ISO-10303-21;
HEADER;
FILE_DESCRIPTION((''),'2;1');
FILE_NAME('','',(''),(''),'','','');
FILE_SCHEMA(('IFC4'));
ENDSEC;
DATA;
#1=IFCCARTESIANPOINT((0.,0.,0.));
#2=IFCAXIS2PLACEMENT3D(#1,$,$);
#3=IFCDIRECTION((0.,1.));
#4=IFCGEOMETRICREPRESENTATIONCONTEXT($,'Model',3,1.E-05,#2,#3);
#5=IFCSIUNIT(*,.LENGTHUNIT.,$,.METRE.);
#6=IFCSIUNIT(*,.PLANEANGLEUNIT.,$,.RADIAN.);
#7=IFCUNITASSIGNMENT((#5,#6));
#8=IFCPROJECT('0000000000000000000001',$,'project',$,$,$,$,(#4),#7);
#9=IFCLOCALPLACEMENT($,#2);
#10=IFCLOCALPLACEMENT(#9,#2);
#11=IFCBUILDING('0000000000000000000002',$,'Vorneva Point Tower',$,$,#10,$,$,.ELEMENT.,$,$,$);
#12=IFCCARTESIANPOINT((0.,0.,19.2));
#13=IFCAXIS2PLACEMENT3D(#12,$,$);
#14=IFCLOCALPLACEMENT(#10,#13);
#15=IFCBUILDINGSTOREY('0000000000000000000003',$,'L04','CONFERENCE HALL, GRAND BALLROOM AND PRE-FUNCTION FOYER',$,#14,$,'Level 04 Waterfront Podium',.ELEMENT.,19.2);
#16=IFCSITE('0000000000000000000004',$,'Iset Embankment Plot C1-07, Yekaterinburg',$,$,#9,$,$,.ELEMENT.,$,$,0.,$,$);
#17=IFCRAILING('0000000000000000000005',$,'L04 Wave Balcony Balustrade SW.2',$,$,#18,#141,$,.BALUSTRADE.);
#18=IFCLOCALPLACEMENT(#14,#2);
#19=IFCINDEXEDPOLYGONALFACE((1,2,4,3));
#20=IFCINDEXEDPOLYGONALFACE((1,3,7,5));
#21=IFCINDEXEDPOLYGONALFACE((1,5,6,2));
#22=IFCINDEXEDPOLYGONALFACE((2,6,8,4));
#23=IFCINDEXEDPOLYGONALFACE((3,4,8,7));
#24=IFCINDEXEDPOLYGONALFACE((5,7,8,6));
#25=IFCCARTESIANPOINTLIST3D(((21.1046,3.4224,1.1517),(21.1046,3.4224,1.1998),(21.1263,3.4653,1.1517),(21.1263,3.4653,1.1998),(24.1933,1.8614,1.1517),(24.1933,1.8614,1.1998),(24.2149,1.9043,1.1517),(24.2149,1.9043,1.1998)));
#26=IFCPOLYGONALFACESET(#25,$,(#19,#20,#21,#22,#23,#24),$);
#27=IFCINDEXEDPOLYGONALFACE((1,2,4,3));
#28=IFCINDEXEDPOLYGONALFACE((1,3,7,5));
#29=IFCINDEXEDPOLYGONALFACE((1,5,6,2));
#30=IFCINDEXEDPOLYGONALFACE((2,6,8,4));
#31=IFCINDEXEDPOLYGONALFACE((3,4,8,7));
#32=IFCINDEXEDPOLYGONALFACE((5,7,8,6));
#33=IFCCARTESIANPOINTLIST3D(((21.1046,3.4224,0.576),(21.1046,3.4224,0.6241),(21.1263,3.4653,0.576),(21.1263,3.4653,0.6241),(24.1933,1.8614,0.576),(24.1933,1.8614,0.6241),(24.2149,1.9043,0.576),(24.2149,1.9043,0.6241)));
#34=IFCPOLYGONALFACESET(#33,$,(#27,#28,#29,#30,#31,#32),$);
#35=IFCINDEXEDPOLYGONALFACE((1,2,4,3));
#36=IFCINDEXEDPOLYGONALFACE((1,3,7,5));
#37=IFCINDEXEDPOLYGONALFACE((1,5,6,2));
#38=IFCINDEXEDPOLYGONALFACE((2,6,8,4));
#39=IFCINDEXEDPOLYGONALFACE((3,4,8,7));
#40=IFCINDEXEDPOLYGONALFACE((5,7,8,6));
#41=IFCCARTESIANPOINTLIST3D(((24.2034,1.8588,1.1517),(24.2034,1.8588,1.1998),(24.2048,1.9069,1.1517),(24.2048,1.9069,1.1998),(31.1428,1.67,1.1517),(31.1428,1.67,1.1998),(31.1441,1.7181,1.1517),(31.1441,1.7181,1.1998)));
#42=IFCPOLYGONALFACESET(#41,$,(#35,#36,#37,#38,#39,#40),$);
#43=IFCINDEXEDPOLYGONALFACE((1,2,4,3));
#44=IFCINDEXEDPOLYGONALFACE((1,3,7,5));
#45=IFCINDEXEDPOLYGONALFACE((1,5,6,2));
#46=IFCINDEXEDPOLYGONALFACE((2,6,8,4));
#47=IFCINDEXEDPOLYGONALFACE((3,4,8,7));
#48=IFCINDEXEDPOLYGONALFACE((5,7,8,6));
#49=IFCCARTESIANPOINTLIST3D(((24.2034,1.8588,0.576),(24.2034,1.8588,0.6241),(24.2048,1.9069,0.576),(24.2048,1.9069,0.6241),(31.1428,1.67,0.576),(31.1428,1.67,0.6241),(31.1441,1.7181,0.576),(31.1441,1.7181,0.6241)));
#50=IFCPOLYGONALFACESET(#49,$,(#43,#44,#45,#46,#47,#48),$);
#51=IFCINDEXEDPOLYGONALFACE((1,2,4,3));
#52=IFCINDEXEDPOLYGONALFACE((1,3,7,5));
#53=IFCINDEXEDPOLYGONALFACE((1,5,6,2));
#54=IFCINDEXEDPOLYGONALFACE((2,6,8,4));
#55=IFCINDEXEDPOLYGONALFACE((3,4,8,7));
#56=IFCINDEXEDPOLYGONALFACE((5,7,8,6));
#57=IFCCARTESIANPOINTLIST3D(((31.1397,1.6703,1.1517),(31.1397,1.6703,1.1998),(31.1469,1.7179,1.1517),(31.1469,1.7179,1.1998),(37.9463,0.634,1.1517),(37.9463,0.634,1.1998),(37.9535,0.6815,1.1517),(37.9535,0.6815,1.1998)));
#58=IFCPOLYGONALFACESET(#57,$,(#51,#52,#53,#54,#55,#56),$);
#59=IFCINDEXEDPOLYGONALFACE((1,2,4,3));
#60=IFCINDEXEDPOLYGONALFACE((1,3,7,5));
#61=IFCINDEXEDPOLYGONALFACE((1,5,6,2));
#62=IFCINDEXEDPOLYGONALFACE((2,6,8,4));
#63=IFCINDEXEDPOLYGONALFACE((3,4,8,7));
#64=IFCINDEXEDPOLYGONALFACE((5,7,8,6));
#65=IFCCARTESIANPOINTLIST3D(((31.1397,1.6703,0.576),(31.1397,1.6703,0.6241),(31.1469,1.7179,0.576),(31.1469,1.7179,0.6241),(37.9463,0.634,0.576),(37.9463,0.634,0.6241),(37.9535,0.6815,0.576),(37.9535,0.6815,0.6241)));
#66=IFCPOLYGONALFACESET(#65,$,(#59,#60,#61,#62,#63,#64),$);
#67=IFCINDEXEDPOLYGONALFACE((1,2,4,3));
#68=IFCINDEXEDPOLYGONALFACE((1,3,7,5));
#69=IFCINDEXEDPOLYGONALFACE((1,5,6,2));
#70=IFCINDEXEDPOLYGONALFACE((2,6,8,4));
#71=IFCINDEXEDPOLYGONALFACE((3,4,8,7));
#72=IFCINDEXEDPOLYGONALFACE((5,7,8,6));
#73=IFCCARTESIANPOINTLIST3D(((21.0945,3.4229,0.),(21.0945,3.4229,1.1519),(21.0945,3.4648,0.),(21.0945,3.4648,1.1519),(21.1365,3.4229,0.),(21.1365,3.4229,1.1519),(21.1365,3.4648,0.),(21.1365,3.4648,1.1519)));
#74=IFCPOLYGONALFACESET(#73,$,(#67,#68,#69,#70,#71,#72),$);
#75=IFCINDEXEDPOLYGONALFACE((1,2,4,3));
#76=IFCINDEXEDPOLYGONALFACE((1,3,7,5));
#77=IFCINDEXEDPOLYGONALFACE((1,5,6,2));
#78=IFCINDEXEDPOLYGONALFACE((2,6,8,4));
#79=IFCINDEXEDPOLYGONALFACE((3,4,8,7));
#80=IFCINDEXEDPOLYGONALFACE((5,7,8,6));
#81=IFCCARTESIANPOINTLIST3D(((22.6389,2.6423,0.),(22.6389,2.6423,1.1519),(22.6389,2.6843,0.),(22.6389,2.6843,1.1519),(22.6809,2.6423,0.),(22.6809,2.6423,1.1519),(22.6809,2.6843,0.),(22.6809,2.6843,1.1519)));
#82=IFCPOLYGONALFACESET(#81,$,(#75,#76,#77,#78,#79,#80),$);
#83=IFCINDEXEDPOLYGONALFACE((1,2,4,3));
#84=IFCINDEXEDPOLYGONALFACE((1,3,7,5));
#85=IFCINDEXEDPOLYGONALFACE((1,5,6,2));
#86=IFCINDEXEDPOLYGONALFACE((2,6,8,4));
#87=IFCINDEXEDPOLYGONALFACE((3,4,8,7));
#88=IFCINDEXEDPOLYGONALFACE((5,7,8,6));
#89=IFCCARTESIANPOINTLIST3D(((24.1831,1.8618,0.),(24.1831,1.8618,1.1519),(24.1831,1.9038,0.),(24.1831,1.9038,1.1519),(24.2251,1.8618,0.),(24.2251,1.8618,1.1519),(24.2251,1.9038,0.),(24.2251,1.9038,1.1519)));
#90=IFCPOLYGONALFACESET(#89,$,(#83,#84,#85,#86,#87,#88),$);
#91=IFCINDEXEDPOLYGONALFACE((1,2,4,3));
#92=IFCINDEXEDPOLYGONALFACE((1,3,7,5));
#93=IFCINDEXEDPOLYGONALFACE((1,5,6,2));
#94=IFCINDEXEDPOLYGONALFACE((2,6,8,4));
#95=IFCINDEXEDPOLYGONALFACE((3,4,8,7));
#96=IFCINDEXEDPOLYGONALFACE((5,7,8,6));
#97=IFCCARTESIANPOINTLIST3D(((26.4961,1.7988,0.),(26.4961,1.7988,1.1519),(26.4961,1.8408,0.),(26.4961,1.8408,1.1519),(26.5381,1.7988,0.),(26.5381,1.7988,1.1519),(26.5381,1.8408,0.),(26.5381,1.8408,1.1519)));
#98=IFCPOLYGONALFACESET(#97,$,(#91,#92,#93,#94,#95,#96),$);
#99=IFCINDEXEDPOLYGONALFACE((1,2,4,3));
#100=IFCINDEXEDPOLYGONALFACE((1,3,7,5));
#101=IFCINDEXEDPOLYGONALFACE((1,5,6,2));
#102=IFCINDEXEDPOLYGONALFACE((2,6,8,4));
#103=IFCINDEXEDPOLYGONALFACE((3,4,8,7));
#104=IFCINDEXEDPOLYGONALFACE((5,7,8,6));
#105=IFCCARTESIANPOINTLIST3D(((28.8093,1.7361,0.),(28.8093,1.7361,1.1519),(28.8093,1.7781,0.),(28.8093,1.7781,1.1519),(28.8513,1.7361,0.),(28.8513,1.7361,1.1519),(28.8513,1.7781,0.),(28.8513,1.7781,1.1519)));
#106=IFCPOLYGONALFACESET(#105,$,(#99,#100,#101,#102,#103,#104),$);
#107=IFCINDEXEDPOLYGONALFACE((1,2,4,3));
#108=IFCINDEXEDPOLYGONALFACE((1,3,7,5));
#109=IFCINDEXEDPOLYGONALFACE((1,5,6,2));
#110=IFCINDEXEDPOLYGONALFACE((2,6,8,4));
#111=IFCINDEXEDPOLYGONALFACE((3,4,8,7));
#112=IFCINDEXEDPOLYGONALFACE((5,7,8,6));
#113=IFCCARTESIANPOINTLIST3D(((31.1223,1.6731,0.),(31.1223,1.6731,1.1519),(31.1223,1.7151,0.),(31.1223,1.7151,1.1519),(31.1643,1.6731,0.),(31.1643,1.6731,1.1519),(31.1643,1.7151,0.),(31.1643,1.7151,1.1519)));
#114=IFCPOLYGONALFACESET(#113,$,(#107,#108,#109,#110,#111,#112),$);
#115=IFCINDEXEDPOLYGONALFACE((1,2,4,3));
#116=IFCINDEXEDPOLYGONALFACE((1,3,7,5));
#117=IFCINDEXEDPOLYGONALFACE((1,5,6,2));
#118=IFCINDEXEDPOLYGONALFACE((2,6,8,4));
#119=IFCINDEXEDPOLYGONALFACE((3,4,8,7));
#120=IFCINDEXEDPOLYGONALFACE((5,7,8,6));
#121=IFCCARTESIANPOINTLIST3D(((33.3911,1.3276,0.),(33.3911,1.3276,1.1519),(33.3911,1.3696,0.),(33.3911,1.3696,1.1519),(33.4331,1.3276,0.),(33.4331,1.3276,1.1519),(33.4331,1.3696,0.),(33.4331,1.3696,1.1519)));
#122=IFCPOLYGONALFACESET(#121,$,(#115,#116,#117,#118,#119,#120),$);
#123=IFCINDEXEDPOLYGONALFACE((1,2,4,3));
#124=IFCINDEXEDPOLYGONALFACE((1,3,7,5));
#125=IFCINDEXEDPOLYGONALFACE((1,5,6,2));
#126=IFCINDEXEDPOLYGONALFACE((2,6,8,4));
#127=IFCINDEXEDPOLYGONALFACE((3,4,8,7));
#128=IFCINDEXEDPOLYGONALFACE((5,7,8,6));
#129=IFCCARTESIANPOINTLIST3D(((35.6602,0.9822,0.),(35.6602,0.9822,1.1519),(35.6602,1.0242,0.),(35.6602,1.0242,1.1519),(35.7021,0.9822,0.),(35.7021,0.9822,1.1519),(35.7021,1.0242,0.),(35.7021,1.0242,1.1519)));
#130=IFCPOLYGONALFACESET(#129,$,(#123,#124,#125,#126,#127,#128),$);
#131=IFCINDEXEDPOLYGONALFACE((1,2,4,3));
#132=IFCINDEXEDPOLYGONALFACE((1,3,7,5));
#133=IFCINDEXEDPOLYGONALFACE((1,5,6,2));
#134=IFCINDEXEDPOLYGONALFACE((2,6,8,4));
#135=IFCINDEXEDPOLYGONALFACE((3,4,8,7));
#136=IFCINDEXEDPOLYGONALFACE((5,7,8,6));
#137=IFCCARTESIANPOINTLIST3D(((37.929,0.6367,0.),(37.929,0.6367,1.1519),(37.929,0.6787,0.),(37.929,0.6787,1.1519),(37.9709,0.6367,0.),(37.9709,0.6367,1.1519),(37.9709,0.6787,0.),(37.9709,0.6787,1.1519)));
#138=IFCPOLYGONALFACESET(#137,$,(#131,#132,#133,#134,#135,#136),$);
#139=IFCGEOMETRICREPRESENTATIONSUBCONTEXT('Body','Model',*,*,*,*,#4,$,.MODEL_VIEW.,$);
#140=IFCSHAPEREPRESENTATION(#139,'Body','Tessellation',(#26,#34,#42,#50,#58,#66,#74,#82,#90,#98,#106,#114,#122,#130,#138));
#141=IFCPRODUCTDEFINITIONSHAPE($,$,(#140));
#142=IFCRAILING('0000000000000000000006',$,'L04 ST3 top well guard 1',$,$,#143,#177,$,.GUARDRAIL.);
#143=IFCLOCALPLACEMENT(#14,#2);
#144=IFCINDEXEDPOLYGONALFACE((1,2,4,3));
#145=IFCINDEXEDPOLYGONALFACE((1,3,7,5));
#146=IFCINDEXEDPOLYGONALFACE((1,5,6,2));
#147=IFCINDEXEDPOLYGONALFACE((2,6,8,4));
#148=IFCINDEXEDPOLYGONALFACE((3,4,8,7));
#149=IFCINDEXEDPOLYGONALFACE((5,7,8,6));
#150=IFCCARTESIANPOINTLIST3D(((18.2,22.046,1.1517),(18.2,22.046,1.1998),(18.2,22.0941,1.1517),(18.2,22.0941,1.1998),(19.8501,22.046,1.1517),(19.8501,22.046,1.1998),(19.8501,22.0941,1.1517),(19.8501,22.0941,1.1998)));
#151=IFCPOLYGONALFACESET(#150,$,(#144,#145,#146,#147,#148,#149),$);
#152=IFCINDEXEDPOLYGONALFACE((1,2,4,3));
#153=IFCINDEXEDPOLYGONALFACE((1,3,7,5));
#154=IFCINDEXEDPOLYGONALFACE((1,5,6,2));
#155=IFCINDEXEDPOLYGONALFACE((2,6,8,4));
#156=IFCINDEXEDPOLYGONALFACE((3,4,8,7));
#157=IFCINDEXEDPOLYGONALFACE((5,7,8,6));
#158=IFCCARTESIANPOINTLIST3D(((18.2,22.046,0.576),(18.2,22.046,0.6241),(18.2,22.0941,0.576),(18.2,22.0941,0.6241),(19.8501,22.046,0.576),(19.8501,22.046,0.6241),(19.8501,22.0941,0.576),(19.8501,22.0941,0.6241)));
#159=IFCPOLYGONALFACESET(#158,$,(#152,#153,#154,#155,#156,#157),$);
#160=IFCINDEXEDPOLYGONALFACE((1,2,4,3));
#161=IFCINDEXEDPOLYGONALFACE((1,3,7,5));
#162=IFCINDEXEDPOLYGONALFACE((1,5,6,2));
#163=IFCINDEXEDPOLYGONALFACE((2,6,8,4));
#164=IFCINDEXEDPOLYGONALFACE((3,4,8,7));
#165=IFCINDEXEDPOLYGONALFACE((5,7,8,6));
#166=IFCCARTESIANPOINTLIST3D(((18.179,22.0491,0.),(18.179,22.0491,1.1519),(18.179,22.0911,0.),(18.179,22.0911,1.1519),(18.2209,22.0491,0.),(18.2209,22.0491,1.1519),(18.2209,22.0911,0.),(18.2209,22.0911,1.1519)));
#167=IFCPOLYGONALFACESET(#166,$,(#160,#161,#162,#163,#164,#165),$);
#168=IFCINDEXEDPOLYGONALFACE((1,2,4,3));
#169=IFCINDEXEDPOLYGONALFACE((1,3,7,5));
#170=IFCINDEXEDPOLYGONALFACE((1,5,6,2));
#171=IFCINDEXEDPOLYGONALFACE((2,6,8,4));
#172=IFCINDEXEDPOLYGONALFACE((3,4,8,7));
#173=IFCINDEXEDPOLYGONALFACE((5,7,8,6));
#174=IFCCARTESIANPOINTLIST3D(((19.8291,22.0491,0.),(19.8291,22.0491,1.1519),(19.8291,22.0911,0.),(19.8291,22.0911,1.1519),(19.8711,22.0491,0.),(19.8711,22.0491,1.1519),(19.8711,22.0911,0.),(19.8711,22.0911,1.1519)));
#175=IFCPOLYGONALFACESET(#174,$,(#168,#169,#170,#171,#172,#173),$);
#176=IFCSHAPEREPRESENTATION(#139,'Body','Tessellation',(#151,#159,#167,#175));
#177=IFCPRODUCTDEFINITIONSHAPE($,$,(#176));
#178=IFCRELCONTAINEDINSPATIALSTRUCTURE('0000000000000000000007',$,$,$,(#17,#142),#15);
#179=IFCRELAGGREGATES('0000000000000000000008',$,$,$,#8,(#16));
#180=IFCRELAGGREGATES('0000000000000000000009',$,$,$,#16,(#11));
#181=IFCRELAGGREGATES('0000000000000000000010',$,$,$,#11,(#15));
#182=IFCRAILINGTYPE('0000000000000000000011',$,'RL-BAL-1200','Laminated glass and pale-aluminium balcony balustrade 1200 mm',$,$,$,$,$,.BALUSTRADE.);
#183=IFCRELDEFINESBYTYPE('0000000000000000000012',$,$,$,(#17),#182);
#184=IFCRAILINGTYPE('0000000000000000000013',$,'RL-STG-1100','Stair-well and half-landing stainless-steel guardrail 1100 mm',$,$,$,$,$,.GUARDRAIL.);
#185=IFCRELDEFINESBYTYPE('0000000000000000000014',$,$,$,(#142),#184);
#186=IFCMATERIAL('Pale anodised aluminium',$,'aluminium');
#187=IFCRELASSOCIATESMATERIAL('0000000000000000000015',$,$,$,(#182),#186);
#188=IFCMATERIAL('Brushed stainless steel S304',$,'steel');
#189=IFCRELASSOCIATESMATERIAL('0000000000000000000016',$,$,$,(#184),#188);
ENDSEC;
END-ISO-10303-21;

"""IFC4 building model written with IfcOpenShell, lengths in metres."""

from ifc_helpers import new_model, si_unit, direction, frame, origin, origin_2d, place, context, subcontext, project, spatial, rectangle, extrude, material, type_object, element, save


model = new_model("IFC4")

# Units and contexts
model_context = context("Model", 3, precision=1e-05, world=origin(), true_north=direction((0.0, 1.0)))
body_context = subcontext(model_context, "Body", "Model", "MODEL_VIEW")
ifc_project = project(units=[si_unit("LENGTHUNIT", "METRE"), si_unit("PLANEANGLEUNIT", "RADIAN")], contexts=[model_context])

# Site, building, storey
site_placement = place(None, origin())
site = spatial("IfcSite", under=ifc_project, at=site_placement, Name="Iset Embankment Plot C1-07, Yekaterinburg", CompositionType="ELEMENT", RefElevation=0.0)
building_placement = place(site_placement, origin())
building = spatial("IfcBuilding", under=site, at=building_placement, Name="Vorneva Point Tower", CompositionType="ELEMENT")
storey_placement = place(building_placement, frame((0.0, 0.0, 19.2)))
storey = spatial("IfcBuildingStorey", under=building, at=storey_placement, Name="L04", Description="CONFERENCE HALL, GRAND BALLROOM AND PRE-FUNCTION FOYER", LongName="Level 04 Waterfront Podium", CompositionType="ELEMENT", Elevation=19.2)

# Shared definitions
ifc_material_1 = material(Name="Pale anodised aluminium", Category="aluminium")

# Railings
railing_type_1 = type_object("IfcRailingType", Name="RL-BAL-1200", Description="Laminated glass and pale-aluminium balcony balustrade 1200 mm", PredefinedType="BALUSTRADE", material=ifc_material_1)
railing_1_placement = place(storey_placement, frame((21.1155, 3.4438, 0.0)))
element("IfcRailing", 1, at=railing_1_placement, inside=storey, type_object=railing_type_1, Name="L04 Wave Balcony Balustrade SW.2", PredefinedType="BALUSTRADE", context=body_context, shape_type="SweptSolid", body=[
    extrude(rectangle(XDim=0.0481, YDim=0.0481, at=origin_2d()), frame((0.0, 0.0, 1.1758), z_axis=(0.892486, -0.451075, 0.0), x_axis=(0.451075, 0.892486, 0.0)), (0.0, 0.0, 1.0), 3.4607),
    extrude(rectangle(XDim=0.0481, YDim=0.0481, at=origin_2d()), frame((0.0, 0.0, 0.6001), z_axis=(0.892486, -0.451075, 0.0), x_axis=(0.451075, 0.892486, 0.0)), (0.0, 0.0, 1.0), 3.4607),
    extrude(rectangle(XDim=0.0481, YDim=0.0481, at=origin_2d()), frame((3.0886, -1.561, 1.1758), z_axis=(0.99963, -0.027186, 0.0), x_axis=(0.027186, 0.99963, 0.0)), (0.0, 0.0, 1.0), 6.9419),
    extrude(rectangle(XDim=0.0481, YDim=0.0481, at=origin_2d()), frame((3.0886, -1.561, 0.6001), z_axis=(0.99963, -0.027186, 0.0), x_axis=(0.027186, 0.99963, 0.0)), (0.0, 0.0, 1.0), 6.9419),
    extrude(rectangle(XDim=0.0481, YDim=0.0481, at=origin_2d()), frame((10.0278, -1.7498, 1.1758), z_axis=(0.988606, -0.150525, 0.0), x_axis=(0.150525, 0.988606, 0.0)), (0.0, 0.0, 1.0), 6.885),
    extrude(rectangle(XDim=0.0481, YDim=0.0481, at=origin_2d()), frame((10.0278, -1.7498, 0.6001), z_axis=(0.988606, -0.150525, 0.0), x_axis=(0.150525, 0.988606, 0.0)), (0.0, 0.0, 1.0), 6.885),
    extrude(rectangle(XDim=0.042, YDim=0.042, at=origin_2d()), origin(), (0.0, 0.0, 1.0), 1.1519),
    extrude(rectangle(XDim=0.042, YDim=0.042, at=origin_2d()), frame((1.5444, -0.7805, 0.0)), (0.0, 0.0, 1.0), 1.1519),
    extrude(rectangle(XDim=0.042, YDim=0.042, at=origin_2d()), frame((3.0886, -1.561, 0.0)), (0.0, 0.0, 1.0), 1.1519),
    extrude(rectangle(XDim=0.042, YDim=0.042, at=origin_2d()), frame((5.4016, -1.624, 0.0)), (0.0, 0.0, 1.0), 1.1519),
    extrude(rectangle(XDim=0.042, YDim=0.042, at=origin_2d()), frame((7.7148, -1.6868, 0.0)), (0.0, 0.0, 1.0), 1.1519),
    extrude(rectangle(XDim=0.042, YDim=0.042, at=origin_2d()), frame((10.0278, -1.7498, 0.0)), (0.0, 0.0, 1.0), 1.1519),
    extrude(rectangle(XDim=0.042, YDim=0.042, at=origin_2d()), frame((12.2966, -2.0952, 0.0)), (0.0, 0.0, 1.0), 1.1519),
    extrude(rectangle(XDim=0.042, YDim=0.042, at=origin_2d()), frame((14.5657, -2.4407, 0.0)), (0.0, 0.0, 1.0), 1.1519),
    extrude(rectangle(XDim=0.042, YDim=0.042, at=origin_2d()), frame((16.8345, -2.7861, 0.0)), (0.0, 0.0, 1.0), 1.1519),
])
ifc_material_2 = material(Name="Brushed stainless steel S304", Category="steel")
railing_type_2 = type_object("IfcRailingType", Name="RL-STG-1100", Description="Stair-well and half-landing stainless-steel guardrail 1100 mm", PredefinedType="GUARDRAIL", material=ifc_material_2)
railing_2_placement = place(storey_placement, frame((18.2, 22.0701, 0.0)))
element("IfcRailing", 2, at=railing_2_placement, inside=storey, type_object=railing_type_2, Name="L04 ST3 top well guard 1", PredefinedType="GUARDRAIL", context=body_context, shape_type="SweptSolid", body=[
    extrude(rectangle(XDim=0.0481, YDim=0.0481, at=origin_2d()), frame((0.0, 0.0, 1.1758), z_axis=(1.0, 0.0, 0.0), x_axis=(0.0, 1.0, 0.0)), (0.0, 0.0, 1.0), 1.6501),
    extrude(rectangle(XDim=0.0481, YDim=0.0481, at=origin_2d()), frame((0.0, 0.0, 0.6001), z_axis=(1.0, 0.0, 0.0), x_axis=(0.0, 1.0, 0.0)), (0.0, 0.0, 1.0), 1.6501),
    extrude(rectangle(XDim=0.042, YDim=0.042, at=origin_2d()), origin(), (0.0, 0.0, 1.0), 1.1519),
    extrude(rectangle(XDim=0.042, YDim=0.042, at=origin_2d()), frame((1.6501, 0.0, 0.0)), (0.0, 0.0, 1.0), 1.1519),
])

save(model, "model.ifc")
